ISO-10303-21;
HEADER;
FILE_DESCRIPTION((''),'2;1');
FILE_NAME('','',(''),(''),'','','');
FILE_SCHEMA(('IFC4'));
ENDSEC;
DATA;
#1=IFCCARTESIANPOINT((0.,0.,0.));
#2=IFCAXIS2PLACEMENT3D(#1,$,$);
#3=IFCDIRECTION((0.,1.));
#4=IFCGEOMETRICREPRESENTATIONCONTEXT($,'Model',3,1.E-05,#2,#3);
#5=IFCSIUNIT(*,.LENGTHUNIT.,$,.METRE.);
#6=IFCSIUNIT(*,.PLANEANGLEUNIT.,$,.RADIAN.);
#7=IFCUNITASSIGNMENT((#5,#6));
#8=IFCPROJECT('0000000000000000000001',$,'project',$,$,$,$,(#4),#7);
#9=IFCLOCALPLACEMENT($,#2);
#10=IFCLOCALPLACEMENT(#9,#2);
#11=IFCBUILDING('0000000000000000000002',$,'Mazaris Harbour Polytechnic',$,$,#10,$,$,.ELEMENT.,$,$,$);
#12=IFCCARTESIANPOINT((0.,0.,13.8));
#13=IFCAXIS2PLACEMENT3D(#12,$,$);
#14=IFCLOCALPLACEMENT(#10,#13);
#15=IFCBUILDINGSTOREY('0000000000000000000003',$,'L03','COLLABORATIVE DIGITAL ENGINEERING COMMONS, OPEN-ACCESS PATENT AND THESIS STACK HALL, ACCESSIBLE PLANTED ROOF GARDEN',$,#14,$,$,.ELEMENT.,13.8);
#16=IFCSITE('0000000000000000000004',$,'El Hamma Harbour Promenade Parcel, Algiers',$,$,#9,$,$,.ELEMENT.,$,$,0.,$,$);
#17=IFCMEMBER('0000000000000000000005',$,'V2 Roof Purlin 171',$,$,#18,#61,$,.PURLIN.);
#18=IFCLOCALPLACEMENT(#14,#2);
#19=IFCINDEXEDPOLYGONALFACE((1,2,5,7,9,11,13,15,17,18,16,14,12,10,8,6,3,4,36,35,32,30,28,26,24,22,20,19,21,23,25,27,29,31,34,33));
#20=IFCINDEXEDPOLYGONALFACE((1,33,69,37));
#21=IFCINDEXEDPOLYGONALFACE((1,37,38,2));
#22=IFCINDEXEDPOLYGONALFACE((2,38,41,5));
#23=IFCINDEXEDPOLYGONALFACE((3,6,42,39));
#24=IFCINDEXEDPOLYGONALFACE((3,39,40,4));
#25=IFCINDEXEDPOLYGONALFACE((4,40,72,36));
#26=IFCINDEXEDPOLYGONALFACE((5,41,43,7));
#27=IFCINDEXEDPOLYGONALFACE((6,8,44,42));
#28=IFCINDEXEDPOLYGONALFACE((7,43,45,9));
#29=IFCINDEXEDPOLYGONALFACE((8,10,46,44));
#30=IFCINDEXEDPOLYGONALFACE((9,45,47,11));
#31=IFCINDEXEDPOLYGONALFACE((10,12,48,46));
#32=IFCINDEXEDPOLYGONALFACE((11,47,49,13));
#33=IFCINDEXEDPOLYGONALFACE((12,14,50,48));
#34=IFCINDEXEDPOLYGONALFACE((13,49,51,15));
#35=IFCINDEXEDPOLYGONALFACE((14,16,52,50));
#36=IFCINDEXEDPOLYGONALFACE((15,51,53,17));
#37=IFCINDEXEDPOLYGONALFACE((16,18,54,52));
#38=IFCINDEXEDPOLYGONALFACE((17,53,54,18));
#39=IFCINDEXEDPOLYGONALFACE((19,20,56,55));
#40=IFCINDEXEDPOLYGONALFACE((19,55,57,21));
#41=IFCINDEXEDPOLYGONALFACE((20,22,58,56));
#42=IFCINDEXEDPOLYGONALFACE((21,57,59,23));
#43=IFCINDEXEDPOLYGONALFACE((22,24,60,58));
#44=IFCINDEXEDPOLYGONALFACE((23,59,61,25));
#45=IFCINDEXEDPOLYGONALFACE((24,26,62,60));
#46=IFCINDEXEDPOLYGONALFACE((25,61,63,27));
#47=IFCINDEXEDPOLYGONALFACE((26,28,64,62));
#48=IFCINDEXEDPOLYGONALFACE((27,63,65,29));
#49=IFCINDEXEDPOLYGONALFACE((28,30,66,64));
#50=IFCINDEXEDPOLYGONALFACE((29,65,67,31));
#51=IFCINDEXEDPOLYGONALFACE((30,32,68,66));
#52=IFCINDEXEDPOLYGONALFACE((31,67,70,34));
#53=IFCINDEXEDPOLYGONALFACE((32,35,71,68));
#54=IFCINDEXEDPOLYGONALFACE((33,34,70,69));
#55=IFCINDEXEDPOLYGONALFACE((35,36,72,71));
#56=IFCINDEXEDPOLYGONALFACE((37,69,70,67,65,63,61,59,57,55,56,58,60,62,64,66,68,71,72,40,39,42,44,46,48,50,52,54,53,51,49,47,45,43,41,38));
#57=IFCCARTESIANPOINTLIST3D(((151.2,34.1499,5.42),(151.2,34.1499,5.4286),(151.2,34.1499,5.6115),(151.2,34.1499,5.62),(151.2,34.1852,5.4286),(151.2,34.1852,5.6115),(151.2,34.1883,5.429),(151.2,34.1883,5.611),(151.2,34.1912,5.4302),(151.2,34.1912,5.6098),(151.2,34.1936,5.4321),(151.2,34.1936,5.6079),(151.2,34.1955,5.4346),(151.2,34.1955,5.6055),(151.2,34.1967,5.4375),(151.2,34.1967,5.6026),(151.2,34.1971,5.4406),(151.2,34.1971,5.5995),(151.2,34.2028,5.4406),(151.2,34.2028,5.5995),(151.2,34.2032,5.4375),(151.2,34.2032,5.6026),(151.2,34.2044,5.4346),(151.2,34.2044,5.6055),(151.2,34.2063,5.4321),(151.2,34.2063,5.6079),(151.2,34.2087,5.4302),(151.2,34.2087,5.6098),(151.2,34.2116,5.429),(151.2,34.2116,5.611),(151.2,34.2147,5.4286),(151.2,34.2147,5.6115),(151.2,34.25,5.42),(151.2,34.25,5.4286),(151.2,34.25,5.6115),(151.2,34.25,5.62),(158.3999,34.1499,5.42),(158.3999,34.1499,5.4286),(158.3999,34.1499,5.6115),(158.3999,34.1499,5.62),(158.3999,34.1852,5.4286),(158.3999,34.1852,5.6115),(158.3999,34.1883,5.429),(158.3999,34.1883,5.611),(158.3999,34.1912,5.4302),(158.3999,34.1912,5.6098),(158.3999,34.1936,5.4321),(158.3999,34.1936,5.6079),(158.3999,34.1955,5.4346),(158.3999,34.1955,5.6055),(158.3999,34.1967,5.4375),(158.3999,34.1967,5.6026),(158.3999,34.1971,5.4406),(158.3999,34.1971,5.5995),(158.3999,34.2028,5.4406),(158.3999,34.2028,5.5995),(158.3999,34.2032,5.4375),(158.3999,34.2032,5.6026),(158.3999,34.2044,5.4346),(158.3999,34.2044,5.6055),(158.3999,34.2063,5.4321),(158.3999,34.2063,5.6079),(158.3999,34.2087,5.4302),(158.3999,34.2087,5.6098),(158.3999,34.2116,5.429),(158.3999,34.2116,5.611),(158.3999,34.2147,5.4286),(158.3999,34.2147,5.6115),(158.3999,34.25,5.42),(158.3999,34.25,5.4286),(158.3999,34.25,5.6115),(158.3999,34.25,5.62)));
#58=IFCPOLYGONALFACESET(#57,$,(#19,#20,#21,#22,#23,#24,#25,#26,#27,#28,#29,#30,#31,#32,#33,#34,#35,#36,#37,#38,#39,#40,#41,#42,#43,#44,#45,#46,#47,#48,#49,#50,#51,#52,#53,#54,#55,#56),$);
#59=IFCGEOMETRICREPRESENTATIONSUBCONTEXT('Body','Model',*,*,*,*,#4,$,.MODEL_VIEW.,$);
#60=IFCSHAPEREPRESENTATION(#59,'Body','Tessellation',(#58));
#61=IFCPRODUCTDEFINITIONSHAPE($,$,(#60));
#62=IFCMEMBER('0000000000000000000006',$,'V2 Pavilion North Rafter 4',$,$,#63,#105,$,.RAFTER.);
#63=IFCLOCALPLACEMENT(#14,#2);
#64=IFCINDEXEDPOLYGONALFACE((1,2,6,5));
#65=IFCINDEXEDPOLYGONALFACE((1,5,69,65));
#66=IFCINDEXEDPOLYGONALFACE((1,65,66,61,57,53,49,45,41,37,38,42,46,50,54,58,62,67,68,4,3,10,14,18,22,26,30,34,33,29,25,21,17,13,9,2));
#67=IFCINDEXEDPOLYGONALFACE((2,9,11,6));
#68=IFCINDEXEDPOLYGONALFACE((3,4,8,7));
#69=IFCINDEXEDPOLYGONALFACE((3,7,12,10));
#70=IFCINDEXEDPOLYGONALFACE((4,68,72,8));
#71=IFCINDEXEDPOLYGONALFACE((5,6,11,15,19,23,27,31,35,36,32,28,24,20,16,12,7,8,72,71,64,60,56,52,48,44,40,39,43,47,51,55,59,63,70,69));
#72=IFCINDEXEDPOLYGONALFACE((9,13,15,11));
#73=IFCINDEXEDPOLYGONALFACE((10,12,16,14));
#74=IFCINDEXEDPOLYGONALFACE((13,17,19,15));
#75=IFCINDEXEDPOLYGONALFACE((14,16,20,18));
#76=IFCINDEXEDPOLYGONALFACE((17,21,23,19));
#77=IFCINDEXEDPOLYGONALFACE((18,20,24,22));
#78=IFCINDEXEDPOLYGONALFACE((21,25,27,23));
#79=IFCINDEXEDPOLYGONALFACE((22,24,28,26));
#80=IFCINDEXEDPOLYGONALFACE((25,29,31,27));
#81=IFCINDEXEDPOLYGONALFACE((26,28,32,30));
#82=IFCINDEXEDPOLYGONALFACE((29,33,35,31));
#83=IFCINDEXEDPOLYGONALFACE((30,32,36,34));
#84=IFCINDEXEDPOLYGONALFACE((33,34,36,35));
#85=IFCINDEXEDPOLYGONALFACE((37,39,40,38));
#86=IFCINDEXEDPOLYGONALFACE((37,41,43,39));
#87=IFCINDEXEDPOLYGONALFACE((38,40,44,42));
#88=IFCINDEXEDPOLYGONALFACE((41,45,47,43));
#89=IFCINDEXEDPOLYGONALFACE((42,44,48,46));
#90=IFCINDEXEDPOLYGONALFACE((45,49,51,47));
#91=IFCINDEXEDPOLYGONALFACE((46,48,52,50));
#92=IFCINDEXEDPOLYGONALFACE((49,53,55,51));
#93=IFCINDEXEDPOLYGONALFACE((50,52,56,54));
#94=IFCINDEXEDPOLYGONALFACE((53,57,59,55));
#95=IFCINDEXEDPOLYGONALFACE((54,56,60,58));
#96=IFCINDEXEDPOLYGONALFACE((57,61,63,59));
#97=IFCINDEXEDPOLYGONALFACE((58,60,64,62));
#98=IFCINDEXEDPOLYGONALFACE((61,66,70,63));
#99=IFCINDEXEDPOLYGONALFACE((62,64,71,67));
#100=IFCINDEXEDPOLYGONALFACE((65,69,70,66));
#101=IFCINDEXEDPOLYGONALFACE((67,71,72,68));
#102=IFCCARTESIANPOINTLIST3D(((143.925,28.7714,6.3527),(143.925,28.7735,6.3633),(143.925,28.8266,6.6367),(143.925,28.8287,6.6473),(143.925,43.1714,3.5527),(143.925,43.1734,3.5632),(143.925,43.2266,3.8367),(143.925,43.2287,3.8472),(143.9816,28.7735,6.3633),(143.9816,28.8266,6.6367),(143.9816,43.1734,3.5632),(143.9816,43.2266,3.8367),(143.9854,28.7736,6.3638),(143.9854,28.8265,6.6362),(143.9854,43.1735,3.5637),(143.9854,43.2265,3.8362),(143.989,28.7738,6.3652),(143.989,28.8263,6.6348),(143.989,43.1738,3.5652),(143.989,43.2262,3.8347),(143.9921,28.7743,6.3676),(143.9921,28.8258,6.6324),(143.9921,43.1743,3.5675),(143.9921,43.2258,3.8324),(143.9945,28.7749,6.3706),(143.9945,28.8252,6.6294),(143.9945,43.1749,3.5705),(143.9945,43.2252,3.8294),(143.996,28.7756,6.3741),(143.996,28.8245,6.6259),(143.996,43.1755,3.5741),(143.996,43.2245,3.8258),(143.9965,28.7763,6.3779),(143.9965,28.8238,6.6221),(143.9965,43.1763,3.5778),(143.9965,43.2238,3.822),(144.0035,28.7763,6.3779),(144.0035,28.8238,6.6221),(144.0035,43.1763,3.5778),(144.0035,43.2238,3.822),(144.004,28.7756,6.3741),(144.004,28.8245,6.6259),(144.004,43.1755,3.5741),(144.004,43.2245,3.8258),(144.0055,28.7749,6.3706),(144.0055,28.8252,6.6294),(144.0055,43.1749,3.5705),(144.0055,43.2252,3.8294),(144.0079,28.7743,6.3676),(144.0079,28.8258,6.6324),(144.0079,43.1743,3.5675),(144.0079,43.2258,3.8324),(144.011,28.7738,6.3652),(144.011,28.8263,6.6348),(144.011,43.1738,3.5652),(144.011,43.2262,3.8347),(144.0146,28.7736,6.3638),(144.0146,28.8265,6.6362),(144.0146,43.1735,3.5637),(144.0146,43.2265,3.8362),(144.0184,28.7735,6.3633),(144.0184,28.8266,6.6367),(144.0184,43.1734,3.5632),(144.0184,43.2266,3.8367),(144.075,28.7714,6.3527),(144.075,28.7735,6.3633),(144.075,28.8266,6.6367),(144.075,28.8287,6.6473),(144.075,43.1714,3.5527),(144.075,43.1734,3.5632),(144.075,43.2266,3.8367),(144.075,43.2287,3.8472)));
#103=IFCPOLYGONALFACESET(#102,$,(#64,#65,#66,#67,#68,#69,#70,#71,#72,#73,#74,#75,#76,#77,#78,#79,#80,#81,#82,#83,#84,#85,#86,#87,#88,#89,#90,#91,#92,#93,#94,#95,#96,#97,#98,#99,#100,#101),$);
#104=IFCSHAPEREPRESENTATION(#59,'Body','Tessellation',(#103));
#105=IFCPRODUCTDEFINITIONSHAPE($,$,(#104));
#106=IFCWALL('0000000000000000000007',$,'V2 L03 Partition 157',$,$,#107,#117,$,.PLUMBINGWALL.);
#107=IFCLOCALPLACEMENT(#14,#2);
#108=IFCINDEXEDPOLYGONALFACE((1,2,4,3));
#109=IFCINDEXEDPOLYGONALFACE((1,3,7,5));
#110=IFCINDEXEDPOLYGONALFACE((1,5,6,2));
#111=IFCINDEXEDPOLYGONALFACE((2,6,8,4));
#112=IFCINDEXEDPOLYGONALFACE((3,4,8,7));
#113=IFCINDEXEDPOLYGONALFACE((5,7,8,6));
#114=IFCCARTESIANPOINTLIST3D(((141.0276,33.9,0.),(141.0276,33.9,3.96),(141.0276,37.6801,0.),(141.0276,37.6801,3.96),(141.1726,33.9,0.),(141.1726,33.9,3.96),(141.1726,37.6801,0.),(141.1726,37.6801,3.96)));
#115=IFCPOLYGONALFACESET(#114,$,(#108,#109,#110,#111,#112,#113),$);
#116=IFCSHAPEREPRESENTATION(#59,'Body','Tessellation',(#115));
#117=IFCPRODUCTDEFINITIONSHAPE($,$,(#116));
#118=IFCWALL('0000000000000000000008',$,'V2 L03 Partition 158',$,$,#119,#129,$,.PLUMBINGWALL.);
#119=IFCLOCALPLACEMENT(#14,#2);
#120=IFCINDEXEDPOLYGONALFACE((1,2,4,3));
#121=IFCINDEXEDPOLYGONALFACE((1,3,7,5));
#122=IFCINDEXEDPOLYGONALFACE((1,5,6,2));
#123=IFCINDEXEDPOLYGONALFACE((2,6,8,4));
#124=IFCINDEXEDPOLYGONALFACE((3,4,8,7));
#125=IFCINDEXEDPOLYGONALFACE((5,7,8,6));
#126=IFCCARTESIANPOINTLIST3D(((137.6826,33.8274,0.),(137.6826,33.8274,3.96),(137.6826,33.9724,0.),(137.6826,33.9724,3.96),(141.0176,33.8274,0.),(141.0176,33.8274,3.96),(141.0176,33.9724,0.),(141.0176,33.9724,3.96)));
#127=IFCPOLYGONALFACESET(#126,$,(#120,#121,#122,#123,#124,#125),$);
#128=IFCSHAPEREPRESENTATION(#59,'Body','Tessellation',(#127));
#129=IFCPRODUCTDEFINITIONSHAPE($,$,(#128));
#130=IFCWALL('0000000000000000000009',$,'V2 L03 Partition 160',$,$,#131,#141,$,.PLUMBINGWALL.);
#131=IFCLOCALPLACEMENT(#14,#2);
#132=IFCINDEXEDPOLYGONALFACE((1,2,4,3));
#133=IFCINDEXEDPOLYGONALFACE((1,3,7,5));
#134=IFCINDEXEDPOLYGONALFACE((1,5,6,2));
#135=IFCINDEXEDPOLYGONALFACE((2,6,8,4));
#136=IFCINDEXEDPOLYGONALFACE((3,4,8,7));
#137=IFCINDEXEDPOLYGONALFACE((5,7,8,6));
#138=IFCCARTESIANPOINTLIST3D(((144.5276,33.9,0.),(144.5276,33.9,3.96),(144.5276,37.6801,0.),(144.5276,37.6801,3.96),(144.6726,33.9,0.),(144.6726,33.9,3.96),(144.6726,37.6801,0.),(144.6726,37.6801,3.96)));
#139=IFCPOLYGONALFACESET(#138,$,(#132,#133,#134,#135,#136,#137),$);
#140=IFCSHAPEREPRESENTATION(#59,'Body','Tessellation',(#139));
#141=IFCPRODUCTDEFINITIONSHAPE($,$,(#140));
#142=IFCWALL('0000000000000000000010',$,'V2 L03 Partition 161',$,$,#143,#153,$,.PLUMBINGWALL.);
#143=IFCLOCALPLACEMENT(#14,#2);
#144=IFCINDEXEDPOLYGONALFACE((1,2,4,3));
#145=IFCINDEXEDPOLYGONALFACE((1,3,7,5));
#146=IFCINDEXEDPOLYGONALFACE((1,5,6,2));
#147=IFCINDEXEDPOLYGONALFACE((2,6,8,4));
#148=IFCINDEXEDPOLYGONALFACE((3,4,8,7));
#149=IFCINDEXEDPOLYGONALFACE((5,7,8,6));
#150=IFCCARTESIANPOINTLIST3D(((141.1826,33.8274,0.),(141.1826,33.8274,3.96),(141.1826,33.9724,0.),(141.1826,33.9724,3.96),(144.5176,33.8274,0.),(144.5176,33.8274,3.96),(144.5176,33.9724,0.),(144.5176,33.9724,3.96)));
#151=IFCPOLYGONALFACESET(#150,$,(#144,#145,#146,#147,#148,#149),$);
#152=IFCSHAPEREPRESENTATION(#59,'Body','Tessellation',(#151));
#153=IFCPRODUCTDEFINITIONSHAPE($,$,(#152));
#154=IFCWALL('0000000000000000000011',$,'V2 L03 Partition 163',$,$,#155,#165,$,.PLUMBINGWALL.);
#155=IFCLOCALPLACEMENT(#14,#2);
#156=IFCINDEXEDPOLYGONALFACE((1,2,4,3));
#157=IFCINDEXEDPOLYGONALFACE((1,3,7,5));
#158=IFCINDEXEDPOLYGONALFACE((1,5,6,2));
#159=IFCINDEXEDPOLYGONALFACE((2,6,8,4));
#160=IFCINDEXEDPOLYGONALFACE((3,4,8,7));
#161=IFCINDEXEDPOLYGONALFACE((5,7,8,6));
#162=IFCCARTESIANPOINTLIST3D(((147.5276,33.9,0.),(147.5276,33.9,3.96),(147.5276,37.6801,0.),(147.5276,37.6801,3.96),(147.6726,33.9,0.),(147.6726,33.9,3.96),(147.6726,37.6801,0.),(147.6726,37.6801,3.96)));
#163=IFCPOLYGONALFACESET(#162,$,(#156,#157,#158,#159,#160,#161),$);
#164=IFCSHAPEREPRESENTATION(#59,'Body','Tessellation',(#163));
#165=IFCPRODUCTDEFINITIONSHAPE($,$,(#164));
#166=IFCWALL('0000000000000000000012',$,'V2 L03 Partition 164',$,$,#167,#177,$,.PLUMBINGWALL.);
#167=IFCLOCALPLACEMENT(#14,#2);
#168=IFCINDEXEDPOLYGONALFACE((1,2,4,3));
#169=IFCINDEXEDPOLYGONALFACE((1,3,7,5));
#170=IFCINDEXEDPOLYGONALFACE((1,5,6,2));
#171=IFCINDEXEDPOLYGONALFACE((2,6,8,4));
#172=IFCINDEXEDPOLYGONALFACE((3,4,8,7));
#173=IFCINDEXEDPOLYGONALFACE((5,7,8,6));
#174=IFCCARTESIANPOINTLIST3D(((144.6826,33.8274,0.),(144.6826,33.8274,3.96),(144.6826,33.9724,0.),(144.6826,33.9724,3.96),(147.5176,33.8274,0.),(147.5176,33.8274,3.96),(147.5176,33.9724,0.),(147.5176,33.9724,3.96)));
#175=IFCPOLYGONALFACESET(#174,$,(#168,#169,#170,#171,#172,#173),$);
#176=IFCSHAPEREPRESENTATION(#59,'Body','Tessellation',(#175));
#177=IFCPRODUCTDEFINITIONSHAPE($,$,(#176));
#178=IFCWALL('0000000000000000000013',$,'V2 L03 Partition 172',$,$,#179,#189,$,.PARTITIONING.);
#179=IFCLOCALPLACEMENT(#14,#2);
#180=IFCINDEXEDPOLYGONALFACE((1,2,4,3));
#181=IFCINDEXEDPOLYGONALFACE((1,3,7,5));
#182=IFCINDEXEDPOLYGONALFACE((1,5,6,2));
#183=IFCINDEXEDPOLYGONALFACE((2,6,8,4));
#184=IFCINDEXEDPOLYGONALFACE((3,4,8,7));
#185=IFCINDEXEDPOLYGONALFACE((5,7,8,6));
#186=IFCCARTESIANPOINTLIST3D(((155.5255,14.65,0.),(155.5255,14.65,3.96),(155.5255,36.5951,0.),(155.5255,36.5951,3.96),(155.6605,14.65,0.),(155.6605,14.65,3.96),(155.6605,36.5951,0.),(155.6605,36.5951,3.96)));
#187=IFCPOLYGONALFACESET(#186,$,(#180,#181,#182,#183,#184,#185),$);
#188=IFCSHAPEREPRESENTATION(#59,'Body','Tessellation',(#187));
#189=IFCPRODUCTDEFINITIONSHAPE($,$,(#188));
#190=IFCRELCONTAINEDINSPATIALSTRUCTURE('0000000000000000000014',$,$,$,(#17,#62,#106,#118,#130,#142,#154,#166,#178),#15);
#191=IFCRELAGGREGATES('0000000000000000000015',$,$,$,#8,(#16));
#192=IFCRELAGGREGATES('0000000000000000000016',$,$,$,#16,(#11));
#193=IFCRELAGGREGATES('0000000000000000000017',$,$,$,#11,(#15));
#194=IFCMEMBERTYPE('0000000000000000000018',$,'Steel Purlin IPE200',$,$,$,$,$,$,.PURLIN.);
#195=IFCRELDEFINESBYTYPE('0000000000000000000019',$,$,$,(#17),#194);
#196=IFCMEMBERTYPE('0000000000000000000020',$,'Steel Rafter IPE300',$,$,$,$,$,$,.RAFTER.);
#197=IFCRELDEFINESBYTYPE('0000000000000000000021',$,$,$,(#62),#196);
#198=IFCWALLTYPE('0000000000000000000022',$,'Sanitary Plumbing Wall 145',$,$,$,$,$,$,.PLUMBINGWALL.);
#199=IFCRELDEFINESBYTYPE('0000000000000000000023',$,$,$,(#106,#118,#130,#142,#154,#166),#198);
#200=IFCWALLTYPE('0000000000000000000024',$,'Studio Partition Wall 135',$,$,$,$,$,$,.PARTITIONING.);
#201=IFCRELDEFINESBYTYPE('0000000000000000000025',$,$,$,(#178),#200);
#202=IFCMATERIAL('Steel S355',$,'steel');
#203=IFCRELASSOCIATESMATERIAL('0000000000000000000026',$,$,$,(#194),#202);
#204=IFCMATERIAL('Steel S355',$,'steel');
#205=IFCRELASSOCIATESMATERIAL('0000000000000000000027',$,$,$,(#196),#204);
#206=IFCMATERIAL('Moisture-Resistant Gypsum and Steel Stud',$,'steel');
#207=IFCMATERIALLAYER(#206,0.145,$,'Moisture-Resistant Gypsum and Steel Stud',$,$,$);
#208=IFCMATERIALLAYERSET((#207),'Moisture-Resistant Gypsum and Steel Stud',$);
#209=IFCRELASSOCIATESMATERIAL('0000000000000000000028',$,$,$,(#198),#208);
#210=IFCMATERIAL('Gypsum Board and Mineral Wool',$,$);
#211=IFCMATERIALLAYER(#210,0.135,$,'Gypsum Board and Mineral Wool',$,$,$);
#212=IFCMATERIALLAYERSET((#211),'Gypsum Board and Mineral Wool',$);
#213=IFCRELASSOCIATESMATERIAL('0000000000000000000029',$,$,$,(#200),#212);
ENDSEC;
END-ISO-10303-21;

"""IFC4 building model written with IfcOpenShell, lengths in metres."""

from ifc_helpers import new_model, si_unit, direction, frame, frame_2d, origin, origin_2d, place, context, subcontext, project, spatial, rectangle, i_section, extrude, material, layer, layer_set, material_profile, profile_set, type_object, element, save


model = new_model("IFC4")

# Units and contexts
model_context = context("Model", 3, precision=1e-05, world=origin(), true_north=direction((0.0, 1.0)))
body_context = subcontext(model_context, "Body", "Model", "MODEL_VIEW")
ifc_project = project(units=[si_unit("LENGTHUNIT", "METRE"), si_unit("PLANEANGLEUNIT", "RADIAN")], contexts=[model_context])

# Site, building, storey
site_placement = place(None, origin())
site = spatial("IfcSite", under=ifc_project, at=site_placement, Name="El Hamma Harbour Promenade Parcel, Algiers", CompositionType="ELEMENT", RefElevation=0.0)
building_placement = place(site_placement, origin())
building = spatial("IfcBuilding", under=site, at=building_placement, Name="Mazaris Harbour Polytechnic", CompositionType="ELEMENT")
storey_placement = place(building_placement, frame((0.0, 0.0, 13.8)))
storey = spatial("IfcBuildingStorey", under=building, at=storey_placement, Name="L03", Description="COLLABORATIVE DIGITAL ENGINEERING COMMONS, OPEN-ACCESS PATENT AND THESIS STACK HALL, ACCESSIBLE PLANTED ROOF GARDEN", CompositionType="ELEMENT", Elevation=13.8)

# Members
ifc_material_1 = material(Name="Steel S355", Category="steel")
ifc_material_profile_1 = material_profile(ifc_material_1, i_section(OverallWidth=0.1001, OverallDepth=0.2, WebThickness=0.0056, FlangeThickness=0.0085, FilletRadius=0.012, at=origin_2d()), Name="IPE 200")
ifc_profile_set_1 = profile_set([ifc_material_profile_1], Name="Steel S355")
member_type_1 = type_object("IfcMemberType", Name="Steel Purlin IPE200", PredefinedType="PURLIN", material=ifc_profile_set_1)
for number, where, z_axis, x_axis, name in (
    (1, (151.2, 34.2, 5.52), (1.0, 0.0, 0.0), (0.0, 1.0, 0.0), "V2 Roof Purlin 171"),
):
    element("IfcMember", number, at=place(storey_placement, frame(where, z_axis=z_axis, x_axis=x_axis)), inside=storey, type_object=member_type_1, Name=name, PredefinedType="PURLIN", context=body_context, shape_type="SweptSolid", body=[
        extrude(i_section(OverallWidth=0.1001, OverallDepth=0.2, WebThickness=0.0056, FlangeThickness=0.0085, FilletRadius=0.012, at=origin_2d()), origin(), (0.0, 0.0, 1.0), 7.2),
    ])
ifc_material_2 = material(Name="Steel S355", Category="steel")
ifc_material_profile_2 = material_profile(ifc_material_2, i_section(OverallWidth=0.1499, OverallDepth=0.3, WebThickness=0.0071, FlangeThickness=0.0107, FilletRadius=0.0149, at=origin_2d()), Name="IPE 300")
ifc_profile_set_2 = profile_set([ifc_material_profile_2], Name="Steel S355")
member_type_2 = type_object("IfcMemberType", Name="Steel Rafter IPE300", PredefinedType="RAFTER", material=ifc_profile_set_2)
member_1_placement = place(storey_placement, frame((144.0, 28.8, 6.5), z_axis=(0.0, 0.981615, -0.190874), x_axis=(-1.0, 0.0, 0.0)))
element("IfcMember", 2, at=member_1_placement, inside=storey, type_object=member_type_2, Name="V2 Pavilion North Rafter 4", PredefinedType="RAFTER", context=body_context, shape_type="SweptSolid", body=[
    extrude(i_section(OverallWidth=0.1499, OverallDepth=0.3, WebThickness=0.0071, FlangeThickness=0.0107, FilletRadius=0.0149, at=origin_2d()), origin(), (0.0, 0.0, 1.0), 14.6697),
])

# Walls
ifc_material_3 = material(Name="Moisture-Resistant Gypsum and Steel Stud", Category="steel")
ifc_layer_1 = layer(ifc_material_3, 0.145, Name="Moisture-Resistant Gypsum and Steel Stud")
ifc_layer_set_1 = layer_set([ifc_layer_1], Name="Moisture-Resistant Gypsum and Steel Stud")
wall_type_1 = type_object("IfcWallType", Name="Sanitary Plumbing Wall 145", PredefinedType="PLUMBINGWALL", material=ifc_layer_set_1)
wall_1_placement = place(storey_placement, frame((141.1001, 33.8999, 0.0), z_axis=(0.0, 0.0, 1.0), x_axis=(0.0, 1.0, 0.0)))
element("IfcWall", 3, at=wall_1_placement, inside=storey, type_object=wall_type_1, Name="V2 L03 Partition 157", PredefinedType="PLUMBINGWALL", context=body_context, shape_type="SweptSolid", body=[
    extrude(rectangle(XDim=3.78, YDim=0.145, at=frame_2d((1.8901, 0.0))), origin(), (0.0, 0.0, 1.0), 3.96),
])
wall_2_placement = place(storey_placement, frame((137.6826, 33.8999, 0.0), z_axis=(0.0, 0.0, 1.0), x_axis=(1.0, 0.0, 0.0)))
element("IfcWall", 4, at=wall_2_placement, inside=storey, type_object=wall_type_1, Name="V2 L03 Partition 158", PredefinedType="PLUMBINGWALL", context=body_context, shape_type="SweptSolid", body=[
    extrude(rectangle(XDim=3.335, YDim=0.145, at=frame_2d((1.6675, 0.0))), origin(), (0.0, 0.0, 1.0), 3.96),
])
wall_3_placement = place(storey_placement, frame((144.6001, 33.8999, 0.0), z_axis=(0.0, 0.0, 1.0), x_axis=(0.0, 1.0, 0.0)))
element("IfcWall", 5, at=wall_3_placement, inside=storey, type_object=wall_type_1, Name="V2 L03 Partition 160", PredefinedType="PLUMBINGWALL", context=body_context, shape_type="SweptSolid", body=[
    extrude(rectangle(XDim=3.78, YDim=0.145, at=frame_2d((1.8901, 0.0))), origin(), (0.0, 0.0, 1.0), 3.96),
])
wall_4_placement = place(storey_placement, frame((141.1826, 33.8999, 0.0), z_axis=(0.0, 0.0, 1.0), x_axis=(1.0, 0.0, 0.0)))
element("IfcWall", 6, at=wall_4_placement, inside=storey, type_object=wall_type_1, Name="V2 L03 Partition 161", PredefinedType="PLUMBINGWALL", context=body_context, shape_type="SweptSolid", body=[
    extrude(rectangle(XDim=3.335, YDim=0.145, at=frame_2d((1.6675, 0.0))), origin(), (0.0, 0.0, 1.0), 3.96),
])
wall_5_placement = place(storey_placement, frame((147.6001, 33.8999, 0.0), z_axis=(0.0, 0.0, 1.0), x_axis=(0.0, 1.0, 0.0)))
element("IfcWall", 7, at=wall_5_placement, inside=storey, type_object=wall_type_1, Name="V2 L03 Partition 163", PredefinedType="PLUMBINGWALL", context=body_context, shape_type="SweptSolid", body=[
    extrude(rectangle(XDim=3.78, YDim=0.145, at=frame_2d((1.8901, 0.0))), origin(), (0.0, 0.0, 1.0), 3.96),
])
wall_6_placement = place(storey_placement, frame((144.6826, 33.8999, 0.0), z_axis=(0.0, 0.0, 1.0), x_axis=(1.0, 0.0, 0.0)))
element("IfcWall", 8, at=wall_6_placement, inside=storey, type_object=wall_type_1, Name="V2 L03 Partition 164", PredefinedType="PLUMBINGWALL", context=body_context, shape_type="SweptSolid", body=[
    extrude(rectangle(XDim=2.835, YDim=0.145, at=frame_2d((1.4175, 0.0))), origin(), (0.0, 0.0, 1.0), 3.96),
])
ifc_material_4 = material(Name="Gypsum Board and Mineral Wool")
ifc_layer_2 = layer(ifc_material_4, 0.135, Name="Gypsum Board and Mineral Wool")
ifc_layer_set_2 = layer_set([ifc_layer_2], Name="Gypsum Board and Mineral Wool")
wall_type_2 = type_object("IfcWallType", Name="Studio Partition Wall 135", PredefinedType="PARTITIONING", material=ifc_layer_set_2)
wall_7_placement = place(storey_placement, frame((155.593, 14.6499, 0.0), z_axis=(0.0, 0.0, 1.0), x_axis=(0.0, 1.0, 0.0)))
element("IfcWall", 9, at=wall_7_placement, inside=storey, type_object=wall_type_2, Name="V2 L03 Partition 172", PredefinedType="PARTITIONING", context=body_context, shape_type="SweptSolid", body=[
    extrude(rectangle(XDim=21.9451, YDim=0.135, at=frame_2d((10.9727, 0.0))), origin(), (0.0, 0.0, 1.0), 3.96),
])

save(model, "model.ifc")
